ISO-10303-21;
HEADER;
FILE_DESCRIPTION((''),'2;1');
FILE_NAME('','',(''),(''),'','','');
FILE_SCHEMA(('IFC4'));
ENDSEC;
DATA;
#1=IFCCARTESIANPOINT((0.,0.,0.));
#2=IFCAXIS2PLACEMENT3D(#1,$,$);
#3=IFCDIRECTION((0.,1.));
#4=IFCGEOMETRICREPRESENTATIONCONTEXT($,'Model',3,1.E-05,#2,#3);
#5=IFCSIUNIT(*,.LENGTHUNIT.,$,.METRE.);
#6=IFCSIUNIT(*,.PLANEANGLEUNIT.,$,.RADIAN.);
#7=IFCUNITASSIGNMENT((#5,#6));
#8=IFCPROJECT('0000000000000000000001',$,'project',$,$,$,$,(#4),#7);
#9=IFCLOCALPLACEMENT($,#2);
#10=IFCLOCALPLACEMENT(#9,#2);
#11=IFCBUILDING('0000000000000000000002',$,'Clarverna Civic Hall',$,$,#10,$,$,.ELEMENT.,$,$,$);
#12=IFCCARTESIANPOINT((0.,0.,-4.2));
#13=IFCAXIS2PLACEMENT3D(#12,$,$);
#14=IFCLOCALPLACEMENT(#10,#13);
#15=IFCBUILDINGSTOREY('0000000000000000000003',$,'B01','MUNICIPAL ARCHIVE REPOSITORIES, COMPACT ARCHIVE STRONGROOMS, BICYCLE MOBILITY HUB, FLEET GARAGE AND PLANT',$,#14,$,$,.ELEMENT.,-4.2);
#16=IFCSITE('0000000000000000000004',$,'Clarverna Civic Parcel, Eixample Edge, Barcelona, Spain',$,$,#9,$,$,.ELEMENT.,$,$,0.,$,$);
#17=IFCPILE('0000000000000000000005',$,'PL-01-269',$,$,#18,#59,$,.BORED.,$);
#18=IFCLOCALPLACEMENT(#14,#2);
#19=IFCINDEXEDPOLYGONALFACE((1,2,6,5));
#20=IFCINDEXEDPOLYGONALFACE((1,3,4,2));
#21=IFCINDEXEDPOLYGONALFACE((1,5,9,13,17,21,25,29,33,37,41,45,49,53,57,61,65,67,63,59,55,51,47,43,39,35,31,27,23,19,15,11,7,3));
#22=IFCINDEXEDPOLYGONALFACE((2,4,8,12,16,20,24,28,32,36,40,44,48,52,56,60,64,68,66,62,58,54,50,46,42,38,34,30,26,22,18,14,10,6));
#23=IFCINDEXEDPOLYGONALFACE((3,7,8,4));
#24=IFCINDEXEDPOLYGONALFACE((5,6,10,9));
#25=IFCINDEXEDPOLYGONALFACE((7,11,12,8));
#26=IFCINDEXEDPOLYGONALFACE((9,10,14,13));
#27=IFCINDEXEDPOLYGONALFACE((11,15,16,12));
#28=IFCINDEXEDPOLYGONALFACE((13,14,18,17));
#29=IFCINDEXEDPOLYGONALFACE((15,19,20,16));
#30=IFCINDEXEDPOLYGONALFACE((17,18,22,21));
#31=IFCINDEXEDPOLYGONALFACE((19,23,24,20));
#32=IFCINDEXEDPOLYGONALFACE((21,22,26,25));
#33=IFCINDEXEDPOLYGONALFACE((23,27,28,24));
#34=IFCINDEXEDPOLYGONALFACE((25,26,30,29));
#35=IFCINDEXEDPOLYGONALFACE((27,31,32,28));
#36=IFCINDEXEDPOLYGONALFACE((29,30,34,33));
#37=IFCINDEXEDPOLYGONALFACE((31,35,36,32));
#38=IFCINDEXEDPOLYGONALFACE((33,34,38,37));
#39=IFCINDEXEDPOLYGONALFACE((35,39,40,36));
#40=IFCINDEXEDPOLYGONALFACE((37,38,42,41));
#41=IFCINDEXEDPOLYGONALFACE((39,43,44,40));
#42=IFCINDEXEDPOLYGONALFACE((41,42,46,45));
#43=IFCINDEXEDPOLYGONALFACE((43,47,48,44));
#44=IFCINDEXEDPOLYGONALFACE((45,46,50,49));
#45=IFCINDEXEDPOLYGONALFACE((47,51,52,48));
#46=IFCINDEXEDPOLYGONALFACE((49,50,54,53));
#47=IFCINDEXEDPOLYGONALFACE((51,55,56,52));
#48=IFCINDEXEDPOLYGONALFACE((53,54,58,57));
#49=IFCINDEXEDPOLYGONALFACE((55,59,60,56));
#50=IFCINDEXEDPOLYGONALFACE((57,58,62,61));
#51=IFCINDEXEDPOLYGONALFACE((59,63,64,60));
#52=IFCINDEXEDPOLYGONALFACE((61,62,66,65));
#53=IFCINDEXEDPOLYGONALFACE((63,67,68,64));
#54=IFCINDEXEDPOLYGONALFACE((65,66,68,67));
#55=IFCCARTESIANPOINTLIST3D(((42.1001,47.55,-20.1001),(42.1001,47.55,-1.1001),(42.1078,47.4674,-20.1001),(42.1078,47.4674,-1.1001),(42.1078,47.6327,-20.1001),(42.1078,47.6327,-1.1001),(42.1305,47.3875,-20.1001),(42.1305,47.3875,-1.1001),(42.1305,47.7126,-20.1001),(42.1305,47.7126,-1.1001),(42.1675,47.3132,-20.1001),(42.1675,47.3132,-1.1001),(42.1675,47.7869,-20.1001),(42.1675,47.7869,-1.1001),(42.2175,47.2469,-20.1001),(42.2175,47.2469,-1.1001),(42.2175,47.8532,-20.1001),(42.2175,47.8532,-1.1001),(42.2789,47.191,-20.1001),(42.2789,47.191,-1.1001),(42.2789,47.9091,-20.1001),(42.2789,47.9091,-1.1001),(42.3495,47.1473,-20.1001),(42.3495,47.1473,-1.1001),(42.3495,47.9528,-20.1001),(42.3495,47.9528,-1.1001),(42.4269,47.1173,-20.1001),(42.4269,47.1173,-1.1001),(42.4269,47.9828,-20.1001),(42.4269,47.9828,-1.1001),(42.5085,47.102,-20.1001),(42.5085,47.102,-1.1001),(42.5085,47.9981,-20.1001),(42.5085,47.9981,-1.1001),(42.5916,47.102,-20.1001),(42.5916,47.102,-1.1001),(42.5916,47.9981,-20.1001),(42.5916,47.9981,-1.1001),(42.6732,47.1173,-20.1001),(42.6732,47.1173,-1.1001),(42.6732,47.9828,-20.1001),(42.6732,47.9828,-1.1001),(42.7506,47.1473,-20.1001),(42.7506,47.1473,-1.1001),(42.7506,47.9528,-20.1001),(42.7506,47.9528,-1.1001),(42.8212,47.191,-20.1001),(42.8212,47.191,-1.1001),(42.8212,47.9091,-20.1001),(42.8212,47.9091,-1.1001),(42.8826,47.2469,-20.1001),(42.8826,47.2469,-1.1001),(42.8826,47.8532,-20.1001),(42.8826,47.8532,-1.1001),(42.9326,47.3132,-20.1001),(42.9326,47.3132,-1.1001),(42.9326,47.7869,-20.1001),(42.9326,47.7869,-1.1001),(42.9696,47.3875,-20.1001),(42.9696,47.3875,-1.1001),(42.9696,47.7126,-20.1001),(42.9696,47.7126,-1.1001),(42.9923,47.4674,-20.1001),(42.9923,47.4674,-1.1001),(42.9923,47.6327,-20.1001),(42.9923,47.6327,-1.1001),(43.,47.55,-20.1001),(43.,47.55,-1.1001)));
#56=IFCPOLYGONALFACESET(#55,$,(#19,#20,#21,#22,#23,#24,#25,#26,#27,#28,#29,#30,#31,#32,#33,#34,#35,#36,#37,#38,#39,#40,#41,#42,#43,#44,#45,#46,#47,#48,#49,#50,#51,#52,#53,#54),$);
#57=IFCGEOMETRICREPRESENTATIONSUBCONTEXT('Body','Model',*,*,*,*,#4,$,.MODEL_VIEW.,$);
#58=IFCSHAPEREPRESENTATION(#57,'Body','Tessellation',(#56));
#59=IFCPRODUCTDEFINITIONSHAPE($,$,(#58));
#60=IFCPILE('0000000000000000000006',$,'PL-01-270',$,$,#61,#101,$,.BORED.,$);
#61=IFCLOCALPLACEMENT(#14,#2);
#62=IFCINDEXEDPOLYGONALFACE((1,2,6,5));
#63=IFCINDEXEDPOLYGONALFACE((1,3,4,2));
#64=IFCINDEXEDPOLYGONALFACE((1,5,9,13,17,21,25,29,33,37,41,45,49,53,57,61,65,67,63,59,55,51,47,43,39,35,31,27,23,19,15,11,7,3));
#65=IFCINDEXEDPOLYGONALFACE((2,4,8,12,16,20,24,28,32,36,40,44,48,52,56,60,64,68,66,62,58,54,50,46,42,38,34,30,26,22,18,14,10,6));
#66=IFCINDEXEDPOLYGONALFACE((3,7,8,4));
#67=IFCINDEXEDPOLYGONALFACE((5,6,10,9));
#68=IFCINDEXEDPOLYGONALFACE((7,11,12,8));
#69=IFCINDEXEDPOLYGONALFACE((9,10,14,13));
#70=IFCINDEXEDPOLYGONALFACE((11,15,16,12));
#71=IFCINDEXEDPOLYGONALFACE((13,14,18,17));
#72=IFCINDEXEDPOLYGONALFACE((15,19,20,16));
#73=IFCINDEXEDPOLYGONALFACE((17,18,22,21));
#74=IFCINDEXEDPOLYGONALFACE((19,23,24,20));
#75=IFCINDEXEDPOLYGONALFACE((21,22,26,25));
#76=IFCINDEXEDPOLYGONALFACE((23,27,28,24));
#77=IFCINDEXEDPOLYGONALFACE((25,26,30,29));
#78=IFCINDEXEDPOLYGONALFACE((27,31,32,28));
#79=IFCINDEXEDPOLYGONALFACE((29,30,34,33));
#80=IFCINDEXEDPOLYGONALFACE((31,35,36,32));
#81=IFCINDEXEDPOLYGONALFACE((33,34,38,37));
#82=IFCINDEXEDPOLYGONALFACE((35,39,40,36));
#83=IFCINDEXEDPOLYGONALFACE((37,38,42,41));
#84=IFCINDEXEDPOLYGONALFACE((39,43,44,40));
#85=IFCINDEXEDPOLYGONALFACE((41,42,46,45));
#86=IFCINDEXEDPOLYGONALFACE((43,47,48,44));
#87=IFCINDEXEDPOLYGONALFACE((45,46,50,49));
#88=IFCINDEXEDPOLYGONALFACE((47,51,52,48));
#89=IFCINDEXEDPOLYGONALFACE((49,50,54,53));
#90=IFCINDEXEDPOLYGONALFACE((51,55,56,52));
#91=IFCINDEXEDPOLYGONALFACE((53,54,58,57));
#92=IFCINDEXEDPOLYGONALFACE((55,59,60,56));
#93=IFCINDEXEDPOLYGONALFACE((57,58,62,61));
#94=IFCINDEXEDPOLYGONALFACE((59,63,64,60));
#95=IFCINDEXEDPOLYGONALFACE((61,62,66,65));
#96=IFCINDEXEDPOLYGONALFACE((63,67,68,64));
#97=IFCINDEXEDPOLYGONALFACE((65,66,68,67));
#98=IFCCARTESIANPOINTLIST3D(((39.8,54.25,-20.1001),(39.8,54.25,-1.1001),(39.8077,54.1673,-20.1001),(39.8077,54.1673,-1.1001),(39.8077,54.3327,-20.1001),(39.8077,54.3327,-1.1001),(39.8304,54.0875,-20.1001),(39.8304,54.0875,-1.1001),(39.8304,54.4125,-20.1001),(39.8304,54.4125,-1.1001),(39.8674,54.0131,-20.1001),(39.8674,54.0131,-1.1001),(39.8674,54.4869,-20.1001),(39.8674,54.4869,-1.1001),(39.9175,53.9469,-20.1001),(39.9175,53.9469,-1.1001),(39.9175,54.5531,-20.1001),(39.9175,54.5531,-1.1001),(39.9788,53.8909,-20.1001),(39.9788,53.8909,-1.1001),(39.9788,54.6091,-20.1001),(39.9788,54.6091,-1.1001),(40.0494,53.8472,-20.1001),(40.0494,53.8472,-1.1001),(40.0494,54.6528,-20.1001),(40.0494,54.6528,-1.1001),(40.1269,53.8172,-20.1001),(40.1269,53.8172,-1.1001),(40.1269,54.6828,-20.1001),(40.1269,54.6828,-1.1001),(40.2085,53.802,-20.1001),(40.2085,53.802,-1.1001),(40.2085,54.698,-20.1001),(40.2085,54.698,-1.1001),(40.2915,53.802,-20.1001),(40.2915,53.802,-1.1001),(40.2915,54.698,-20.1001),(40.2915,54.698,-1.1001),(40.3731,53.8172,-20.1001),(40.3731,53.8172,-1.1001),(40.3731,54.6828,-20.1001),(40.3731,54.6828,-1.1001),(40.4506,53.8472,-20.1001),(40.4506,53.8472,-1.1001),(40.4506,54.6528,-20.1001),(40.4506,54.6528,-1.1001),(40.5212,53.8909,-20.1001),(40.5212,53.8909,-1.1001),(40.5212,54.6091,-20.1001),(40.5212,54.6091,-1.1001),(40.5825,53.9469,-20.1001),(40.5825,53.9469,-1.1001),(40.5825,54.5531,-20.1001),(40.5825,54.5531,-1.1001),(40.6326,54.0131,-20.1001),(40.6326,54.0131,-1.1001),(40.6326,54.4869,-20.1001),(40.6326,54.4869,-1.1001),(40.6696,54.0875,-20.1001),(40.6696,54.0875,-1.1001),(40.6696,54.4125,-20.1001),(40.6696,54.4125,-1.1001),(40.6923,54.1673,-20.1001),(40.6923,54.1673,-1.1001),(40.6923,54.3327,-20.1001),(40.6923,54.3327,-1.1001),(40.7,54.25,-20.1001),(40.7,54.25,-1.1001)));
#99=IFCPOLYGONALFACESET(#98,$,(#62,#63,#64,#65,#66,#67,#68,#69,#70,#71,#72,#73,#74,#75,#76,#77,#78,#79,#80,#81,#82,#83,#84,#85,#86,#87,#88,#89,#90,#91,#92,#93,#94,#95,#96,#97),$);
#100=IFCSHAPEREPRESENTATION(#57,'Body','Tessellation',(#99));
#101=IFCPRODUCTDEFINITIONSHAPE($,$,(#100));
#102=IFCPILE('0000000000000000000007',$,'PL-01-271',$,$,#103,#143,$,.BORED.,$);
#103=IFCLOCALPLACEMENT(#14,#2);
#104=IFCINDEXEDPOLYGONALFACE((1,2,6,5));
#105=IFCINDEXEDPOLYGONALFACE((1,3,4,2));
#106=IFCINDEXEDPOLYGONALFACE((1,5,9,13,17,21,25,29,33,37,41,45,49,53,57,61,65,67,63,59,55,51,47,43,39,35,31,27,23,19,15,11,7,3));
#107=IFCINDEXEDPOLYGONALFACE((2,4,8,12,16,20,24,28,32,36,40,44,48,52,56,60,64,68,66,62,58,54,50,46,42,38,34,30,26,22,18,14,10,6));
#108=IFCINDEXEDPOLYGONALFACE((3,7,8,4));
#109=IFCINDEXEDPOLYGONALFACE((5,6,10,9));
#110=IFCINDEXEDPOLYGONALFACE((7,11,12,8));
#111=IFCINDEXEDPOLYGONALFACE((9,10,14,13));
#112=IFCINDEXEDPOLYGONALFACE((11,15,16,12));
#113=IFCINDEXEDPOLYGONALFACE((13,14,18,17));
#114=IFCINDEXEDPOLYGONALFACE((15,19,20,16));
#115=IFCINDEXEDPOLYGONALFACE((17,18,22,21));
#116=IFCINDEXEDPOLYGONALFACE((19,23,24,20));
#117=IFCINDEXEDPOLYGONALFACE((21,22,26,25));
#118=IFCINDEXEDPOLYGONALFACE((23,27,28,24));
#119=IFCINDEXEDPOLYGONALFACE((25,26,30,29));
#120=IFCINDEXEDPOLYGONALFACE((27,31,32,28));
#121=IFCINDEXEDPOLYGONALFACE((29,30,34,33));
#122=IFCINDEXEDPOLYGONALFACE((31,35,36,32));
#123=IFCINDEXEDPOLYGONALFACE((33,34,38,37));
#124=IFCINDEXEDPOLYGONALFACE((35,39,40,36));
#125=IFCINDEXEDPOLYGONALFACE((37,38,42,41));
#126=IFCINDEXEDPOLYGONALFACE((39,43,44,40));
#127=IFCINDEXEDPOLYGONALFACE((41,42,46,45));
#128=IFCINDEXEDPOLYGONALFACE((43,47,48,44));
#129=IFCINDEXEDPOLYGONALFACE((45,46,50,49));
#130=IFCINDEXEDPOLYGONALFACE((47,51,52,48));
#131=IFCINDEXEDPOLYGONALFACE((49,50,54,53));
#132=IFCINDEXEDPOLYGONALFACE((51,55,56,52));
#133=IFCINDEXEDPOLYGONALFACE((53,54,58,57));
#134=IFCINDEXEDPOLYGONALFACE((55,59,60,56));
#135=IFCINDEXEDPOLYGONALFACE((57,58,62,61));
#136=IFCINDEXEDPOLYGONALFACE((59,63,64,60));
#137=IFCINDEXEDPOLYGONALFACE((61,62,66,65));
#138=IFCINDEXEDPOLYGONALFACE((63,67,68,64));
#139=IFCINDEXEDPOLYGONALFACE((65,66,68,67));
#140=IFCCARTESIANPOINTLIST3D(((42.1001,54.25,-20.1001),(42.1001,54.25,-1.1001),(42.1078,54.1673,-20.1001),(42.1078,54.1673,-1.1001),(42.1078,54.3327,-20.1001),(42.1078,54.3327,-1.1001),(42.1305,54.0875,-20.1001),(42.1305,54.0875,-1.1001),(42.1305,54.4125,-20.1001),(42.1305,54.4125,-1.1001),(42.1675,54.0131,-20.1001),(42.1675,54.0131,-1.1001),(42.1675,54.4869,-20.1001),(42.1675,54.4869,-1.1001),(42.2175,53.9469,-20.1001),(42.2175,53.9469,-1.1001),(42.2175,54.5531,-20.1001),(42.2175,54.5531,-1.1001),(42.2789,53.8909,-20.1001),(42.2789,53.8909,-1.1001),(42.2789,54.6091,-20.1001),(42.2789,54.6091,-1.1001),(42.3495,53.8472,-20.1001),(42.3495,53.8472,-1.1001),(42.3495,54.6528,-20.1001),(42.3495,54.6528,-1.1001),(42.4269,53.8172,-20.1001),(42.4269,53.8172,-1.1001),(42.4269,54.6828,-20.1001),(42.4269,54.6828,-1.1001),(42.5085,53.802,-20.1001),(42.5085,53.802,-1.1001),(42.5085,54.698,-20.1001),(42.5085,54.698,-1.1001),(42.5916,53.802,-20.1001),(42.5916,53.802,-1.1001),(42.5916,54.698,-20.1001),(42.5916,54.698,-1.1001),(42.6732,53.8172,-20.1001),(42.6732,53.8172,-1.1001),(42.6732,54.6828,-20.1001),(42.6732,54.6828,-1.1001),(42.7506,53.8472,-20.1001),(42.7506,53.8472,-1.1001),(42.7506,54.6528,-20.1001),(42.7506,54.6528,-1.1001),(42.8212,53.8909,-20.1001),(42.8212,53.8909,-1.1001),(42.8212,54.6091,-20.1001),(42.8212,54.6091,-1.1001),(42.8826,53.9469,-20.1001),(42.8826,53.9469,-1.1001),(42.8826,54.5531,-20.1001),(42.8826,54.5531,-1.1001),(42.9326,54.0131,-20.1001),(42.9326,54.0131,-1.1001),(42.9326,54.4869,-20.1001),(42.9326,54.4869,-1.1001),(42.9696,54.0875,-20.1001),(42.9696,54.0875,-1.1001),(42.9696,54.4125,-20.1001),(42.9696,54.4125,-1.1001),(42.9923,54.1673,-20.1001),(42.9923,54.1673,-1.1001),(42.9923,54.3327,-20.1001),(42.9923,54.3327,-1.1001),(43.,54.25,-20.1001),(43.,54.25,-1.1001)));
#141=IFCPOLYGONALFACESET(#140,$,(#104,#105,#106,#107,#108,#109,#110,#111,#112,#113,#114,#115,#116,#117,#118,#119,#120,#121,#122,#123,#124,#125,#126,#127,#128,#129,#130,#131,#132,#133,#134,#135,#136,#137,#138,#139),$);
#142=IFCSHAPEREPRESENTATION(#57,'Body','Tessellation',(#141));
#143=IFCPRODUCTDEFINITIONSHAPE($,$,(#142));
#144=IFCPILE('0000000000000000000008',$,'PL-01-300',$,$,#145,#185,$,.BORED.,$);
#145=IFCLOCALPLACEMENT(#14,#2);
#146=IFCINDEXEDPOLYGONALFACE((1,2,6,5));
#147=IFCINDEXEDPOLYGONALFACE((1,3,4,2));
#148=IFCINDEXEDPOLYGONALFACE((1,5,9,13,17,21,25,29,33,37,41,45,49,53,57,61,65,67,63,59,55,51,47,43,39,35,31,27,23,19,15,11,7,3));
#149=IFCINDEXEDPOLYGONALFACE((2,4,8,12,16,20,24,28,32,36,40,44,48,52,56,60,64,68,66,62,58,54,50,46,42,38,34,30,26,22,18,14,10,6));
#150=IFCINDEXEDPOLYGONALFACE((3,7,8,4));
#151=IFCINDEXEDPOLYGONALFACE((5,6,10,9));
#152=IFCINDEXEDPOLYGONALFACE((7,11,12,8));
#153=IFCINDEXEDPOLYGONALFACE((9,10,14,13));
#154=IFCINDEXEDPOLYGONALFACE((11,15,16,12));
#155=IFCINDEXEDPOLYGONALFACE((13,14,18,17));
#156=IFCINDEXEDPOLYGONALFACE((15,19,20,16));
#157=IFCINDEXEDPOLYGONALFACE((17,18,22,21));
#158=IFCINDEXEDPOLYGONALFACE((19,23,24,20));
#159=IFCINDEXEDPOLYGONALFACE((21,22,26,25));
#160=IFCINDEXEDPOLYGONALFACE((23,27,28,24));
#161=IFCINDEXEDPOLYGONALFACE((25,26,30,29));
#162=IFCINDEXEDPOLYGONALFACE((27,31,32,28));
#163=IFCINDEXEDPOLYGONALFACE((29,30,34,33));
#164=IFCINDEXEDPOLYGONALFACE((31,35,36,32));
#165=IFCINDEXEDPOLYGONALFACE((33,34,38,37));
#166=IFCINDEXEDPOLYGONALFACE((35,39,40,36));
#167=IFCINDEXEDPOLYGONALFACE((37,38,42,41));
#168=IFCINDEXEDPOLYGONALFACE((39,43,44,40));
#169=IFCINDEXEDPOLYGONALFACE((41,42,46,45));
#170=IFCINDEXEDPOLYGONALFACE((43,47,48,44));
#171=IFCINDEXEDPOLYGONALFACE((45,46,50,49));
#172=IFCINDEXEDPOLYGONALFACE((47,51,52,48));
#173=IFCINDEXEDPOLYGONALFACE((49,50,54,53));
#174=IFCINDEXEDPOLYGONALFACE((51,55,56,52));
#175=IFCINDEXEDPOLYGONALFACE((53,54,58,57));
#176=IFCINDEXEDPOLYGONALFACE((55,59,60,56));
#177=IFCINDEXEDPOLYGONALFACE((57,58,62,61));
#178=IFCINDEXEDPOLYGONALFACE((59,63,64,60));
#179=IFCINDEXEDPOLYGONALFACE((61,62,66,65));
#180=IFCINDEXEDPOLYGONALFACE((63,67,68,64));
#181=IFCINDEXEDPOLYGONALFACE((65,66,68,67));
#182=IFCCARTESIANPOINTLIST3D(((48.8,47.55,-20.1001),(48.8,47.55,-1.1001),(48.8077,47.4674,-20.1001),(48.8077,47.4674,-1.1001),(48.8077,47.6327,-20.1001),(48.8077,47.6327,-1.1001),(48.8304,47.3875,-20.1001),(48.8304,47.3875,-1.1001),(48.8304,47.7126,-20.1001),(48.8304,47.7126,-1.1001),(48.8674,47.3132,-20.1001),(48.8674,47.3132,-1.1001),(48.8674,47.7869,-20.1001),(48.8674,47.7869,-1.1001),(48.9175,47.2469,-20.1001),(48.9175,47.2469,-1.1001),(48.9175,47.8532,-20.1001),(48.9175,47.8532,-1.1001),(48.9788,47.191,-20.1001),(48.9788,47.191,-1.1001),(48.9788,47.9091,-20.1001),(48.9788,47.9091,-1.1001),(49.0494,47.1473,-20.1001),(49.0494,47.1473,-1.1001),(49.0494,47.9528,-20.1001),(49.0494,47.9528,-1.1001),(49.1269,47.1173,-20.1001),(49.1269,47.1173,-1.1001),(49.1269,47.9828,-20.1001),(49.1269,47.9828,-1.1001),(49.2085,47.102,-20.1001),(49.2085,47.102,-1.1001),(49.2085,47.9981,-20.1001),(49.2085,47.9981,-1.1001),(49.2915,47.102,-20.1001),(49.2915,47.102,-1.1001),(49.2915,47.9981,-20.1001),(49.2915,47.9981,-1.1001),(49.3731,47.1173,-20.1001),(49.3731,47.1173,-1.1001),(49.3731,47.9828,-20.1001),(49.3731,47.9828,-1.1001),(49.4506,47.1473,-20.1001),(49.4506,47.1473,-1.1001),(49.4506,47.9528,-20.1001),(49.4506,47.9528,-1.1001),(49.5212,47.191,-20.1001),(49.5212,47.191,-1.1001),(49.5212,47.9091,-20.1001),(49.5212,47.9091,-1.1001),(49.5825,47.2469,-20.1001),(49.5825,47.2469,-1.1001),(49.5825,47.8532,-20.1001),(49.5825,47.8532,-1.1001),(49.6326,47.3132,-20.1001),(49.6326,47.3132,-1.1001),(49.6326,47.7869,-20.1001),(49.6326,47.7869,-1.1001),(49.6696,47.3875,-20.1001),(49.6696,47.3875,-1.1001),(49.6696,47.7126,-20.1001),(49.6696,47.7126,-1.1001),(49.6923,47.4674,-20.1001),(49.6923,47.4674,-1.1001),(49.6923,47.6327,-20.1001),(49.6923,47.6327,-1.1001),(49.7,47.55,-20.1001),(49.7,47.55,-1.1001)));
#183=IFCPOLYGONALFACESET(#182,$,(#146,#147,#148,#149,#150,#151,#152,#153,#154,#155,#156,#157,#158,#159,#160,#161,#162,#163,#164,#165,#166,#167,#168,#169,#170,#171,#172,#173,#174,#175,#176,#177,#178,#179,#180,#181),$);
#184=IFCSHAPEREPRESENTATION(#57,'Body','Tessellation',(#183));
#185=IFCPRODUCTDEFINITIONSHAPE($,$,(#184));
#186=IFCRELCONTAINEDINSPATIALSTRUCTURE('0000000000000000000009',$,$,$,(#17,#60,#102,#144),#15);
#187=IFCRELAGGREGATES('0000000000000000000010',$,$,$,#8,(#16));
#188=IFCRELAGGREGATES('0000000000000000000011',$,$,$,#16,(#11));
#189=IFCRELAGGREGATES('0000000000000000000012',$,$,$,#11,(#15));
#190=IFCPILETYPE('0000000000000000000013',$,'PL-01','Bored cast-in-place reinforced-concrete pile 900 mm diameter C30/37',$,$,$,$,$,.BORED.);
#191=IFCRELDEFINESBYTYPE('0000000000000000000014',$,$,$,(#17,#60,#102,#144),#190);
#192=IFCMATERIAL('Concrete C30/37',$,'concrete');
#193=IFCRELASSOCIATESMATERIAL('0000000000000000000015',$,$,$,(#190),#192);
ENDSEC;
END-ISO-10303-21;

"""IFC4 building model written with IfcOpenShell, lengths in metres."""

from ifc_helpers import new_model, si_unit, direction, frame, origin, origin_2d, place, context, subcontext, project, spatial, circle, extrude, material, material_profile, profile_set, type_object, element, save


model = new_model("IFC4")

# Units and contexts
model_context = context("Model", 3, precision=1e-05, world=origin(), true_north=direction((0.0, 1.0)))
body_context = subcontext(model_context, "Body", "Model", "MODEL_VIEW")
ifc_project = project(units=[si_unit("LENGTHUNIT", "METRE"), si_unit("PLANEANGLEUNIT", "RADIAN")], contexts=[model_context])

# Site, building, storey
site_placement = place(None, origin())
site = spatial("IfcSite", under=ifc_project, at=site_placement, Name="Clarverna Civic Parcel, Eixample Edge, Barcelona, Spain", CompositionType="ELEMENT", RefElevation=0.0)
building_placement = place(site_placement, origin())
building = spatial("IfcBuilding", under=site, at=building_placement, Name="Clarverna Civic Hall", CompositionType="ELEMENT")
storey_placement = place(building_placement, frame((0.0, 0.0, -4.2)))
storey = spatial("IfcBuildingStorey", under=building, at=storey_placement, Name="B01", Description="MUNICIPAL ARCHIVE REPOSITORIES, COMPACT ARCHIVE STRONGROOMS, BICYCLE MOBILITY HUB, FLEET GARAGE AND PLANT", CompositionType="ELEMENT", Elevation=-4.2)

# Shared definitions
ifc_material_1 = material(Name="Concrete C30/37", Category="concrete")

# Piles
ifc_material_profile_1 = material_profile(ifc_material_1, circle(Radius=0.45, at=origin_2d()), Name="BORED PILE D900")
ifc_profile_set_1 = profile_set([ifc_material_profile_1], Name="Concrete C30/37")
pile_type = type_object("IfcPileType", Name="PL-01", Description="Bored cast-in-place reinforced-concrete pile 900 mm diameter C30/37", PredefinedType="BORED", material=ifc_profile_set_1)
for number, where, z_axis, x_axis, name in (
    (1, (42.55, 47.55, -1.1001), (0.0, 0.0, -1.0), (1.0, 0.0, 0.0), "PL-01-269"),
    (2, (40.25, 54.25, -1.1001), (0.0, 0.0, -1.0), (1.0, 0.0, 0.0), "PL-01-270"),
    (3, (42.55, 54.25, -1.1001), (0.0, 0.0, -1.0), (1.0, 0.0, 0.0), "PL-01-271"),
    (4, (49.25, 47.55, -1.1001), (0.0, 0.0, -1.0), (1.0, 0.0, 0.0), "PL-01-300"),
):
    element("IfcPile", number, at=place(storey_placement, frame(where, z_axis=z_axis, x_axis=x_axis)), inside=storey, type_object=pile_type, Name=name, PredefinedType="BORED", context=body_context, shape_type="SweptSolid", body=[
        extrude(circle(Radius=0.45, at=origin_2d()), origin(), (0.0, 0.0, 1.0), 19.0),
    ])

save(model, "model.ifc")
